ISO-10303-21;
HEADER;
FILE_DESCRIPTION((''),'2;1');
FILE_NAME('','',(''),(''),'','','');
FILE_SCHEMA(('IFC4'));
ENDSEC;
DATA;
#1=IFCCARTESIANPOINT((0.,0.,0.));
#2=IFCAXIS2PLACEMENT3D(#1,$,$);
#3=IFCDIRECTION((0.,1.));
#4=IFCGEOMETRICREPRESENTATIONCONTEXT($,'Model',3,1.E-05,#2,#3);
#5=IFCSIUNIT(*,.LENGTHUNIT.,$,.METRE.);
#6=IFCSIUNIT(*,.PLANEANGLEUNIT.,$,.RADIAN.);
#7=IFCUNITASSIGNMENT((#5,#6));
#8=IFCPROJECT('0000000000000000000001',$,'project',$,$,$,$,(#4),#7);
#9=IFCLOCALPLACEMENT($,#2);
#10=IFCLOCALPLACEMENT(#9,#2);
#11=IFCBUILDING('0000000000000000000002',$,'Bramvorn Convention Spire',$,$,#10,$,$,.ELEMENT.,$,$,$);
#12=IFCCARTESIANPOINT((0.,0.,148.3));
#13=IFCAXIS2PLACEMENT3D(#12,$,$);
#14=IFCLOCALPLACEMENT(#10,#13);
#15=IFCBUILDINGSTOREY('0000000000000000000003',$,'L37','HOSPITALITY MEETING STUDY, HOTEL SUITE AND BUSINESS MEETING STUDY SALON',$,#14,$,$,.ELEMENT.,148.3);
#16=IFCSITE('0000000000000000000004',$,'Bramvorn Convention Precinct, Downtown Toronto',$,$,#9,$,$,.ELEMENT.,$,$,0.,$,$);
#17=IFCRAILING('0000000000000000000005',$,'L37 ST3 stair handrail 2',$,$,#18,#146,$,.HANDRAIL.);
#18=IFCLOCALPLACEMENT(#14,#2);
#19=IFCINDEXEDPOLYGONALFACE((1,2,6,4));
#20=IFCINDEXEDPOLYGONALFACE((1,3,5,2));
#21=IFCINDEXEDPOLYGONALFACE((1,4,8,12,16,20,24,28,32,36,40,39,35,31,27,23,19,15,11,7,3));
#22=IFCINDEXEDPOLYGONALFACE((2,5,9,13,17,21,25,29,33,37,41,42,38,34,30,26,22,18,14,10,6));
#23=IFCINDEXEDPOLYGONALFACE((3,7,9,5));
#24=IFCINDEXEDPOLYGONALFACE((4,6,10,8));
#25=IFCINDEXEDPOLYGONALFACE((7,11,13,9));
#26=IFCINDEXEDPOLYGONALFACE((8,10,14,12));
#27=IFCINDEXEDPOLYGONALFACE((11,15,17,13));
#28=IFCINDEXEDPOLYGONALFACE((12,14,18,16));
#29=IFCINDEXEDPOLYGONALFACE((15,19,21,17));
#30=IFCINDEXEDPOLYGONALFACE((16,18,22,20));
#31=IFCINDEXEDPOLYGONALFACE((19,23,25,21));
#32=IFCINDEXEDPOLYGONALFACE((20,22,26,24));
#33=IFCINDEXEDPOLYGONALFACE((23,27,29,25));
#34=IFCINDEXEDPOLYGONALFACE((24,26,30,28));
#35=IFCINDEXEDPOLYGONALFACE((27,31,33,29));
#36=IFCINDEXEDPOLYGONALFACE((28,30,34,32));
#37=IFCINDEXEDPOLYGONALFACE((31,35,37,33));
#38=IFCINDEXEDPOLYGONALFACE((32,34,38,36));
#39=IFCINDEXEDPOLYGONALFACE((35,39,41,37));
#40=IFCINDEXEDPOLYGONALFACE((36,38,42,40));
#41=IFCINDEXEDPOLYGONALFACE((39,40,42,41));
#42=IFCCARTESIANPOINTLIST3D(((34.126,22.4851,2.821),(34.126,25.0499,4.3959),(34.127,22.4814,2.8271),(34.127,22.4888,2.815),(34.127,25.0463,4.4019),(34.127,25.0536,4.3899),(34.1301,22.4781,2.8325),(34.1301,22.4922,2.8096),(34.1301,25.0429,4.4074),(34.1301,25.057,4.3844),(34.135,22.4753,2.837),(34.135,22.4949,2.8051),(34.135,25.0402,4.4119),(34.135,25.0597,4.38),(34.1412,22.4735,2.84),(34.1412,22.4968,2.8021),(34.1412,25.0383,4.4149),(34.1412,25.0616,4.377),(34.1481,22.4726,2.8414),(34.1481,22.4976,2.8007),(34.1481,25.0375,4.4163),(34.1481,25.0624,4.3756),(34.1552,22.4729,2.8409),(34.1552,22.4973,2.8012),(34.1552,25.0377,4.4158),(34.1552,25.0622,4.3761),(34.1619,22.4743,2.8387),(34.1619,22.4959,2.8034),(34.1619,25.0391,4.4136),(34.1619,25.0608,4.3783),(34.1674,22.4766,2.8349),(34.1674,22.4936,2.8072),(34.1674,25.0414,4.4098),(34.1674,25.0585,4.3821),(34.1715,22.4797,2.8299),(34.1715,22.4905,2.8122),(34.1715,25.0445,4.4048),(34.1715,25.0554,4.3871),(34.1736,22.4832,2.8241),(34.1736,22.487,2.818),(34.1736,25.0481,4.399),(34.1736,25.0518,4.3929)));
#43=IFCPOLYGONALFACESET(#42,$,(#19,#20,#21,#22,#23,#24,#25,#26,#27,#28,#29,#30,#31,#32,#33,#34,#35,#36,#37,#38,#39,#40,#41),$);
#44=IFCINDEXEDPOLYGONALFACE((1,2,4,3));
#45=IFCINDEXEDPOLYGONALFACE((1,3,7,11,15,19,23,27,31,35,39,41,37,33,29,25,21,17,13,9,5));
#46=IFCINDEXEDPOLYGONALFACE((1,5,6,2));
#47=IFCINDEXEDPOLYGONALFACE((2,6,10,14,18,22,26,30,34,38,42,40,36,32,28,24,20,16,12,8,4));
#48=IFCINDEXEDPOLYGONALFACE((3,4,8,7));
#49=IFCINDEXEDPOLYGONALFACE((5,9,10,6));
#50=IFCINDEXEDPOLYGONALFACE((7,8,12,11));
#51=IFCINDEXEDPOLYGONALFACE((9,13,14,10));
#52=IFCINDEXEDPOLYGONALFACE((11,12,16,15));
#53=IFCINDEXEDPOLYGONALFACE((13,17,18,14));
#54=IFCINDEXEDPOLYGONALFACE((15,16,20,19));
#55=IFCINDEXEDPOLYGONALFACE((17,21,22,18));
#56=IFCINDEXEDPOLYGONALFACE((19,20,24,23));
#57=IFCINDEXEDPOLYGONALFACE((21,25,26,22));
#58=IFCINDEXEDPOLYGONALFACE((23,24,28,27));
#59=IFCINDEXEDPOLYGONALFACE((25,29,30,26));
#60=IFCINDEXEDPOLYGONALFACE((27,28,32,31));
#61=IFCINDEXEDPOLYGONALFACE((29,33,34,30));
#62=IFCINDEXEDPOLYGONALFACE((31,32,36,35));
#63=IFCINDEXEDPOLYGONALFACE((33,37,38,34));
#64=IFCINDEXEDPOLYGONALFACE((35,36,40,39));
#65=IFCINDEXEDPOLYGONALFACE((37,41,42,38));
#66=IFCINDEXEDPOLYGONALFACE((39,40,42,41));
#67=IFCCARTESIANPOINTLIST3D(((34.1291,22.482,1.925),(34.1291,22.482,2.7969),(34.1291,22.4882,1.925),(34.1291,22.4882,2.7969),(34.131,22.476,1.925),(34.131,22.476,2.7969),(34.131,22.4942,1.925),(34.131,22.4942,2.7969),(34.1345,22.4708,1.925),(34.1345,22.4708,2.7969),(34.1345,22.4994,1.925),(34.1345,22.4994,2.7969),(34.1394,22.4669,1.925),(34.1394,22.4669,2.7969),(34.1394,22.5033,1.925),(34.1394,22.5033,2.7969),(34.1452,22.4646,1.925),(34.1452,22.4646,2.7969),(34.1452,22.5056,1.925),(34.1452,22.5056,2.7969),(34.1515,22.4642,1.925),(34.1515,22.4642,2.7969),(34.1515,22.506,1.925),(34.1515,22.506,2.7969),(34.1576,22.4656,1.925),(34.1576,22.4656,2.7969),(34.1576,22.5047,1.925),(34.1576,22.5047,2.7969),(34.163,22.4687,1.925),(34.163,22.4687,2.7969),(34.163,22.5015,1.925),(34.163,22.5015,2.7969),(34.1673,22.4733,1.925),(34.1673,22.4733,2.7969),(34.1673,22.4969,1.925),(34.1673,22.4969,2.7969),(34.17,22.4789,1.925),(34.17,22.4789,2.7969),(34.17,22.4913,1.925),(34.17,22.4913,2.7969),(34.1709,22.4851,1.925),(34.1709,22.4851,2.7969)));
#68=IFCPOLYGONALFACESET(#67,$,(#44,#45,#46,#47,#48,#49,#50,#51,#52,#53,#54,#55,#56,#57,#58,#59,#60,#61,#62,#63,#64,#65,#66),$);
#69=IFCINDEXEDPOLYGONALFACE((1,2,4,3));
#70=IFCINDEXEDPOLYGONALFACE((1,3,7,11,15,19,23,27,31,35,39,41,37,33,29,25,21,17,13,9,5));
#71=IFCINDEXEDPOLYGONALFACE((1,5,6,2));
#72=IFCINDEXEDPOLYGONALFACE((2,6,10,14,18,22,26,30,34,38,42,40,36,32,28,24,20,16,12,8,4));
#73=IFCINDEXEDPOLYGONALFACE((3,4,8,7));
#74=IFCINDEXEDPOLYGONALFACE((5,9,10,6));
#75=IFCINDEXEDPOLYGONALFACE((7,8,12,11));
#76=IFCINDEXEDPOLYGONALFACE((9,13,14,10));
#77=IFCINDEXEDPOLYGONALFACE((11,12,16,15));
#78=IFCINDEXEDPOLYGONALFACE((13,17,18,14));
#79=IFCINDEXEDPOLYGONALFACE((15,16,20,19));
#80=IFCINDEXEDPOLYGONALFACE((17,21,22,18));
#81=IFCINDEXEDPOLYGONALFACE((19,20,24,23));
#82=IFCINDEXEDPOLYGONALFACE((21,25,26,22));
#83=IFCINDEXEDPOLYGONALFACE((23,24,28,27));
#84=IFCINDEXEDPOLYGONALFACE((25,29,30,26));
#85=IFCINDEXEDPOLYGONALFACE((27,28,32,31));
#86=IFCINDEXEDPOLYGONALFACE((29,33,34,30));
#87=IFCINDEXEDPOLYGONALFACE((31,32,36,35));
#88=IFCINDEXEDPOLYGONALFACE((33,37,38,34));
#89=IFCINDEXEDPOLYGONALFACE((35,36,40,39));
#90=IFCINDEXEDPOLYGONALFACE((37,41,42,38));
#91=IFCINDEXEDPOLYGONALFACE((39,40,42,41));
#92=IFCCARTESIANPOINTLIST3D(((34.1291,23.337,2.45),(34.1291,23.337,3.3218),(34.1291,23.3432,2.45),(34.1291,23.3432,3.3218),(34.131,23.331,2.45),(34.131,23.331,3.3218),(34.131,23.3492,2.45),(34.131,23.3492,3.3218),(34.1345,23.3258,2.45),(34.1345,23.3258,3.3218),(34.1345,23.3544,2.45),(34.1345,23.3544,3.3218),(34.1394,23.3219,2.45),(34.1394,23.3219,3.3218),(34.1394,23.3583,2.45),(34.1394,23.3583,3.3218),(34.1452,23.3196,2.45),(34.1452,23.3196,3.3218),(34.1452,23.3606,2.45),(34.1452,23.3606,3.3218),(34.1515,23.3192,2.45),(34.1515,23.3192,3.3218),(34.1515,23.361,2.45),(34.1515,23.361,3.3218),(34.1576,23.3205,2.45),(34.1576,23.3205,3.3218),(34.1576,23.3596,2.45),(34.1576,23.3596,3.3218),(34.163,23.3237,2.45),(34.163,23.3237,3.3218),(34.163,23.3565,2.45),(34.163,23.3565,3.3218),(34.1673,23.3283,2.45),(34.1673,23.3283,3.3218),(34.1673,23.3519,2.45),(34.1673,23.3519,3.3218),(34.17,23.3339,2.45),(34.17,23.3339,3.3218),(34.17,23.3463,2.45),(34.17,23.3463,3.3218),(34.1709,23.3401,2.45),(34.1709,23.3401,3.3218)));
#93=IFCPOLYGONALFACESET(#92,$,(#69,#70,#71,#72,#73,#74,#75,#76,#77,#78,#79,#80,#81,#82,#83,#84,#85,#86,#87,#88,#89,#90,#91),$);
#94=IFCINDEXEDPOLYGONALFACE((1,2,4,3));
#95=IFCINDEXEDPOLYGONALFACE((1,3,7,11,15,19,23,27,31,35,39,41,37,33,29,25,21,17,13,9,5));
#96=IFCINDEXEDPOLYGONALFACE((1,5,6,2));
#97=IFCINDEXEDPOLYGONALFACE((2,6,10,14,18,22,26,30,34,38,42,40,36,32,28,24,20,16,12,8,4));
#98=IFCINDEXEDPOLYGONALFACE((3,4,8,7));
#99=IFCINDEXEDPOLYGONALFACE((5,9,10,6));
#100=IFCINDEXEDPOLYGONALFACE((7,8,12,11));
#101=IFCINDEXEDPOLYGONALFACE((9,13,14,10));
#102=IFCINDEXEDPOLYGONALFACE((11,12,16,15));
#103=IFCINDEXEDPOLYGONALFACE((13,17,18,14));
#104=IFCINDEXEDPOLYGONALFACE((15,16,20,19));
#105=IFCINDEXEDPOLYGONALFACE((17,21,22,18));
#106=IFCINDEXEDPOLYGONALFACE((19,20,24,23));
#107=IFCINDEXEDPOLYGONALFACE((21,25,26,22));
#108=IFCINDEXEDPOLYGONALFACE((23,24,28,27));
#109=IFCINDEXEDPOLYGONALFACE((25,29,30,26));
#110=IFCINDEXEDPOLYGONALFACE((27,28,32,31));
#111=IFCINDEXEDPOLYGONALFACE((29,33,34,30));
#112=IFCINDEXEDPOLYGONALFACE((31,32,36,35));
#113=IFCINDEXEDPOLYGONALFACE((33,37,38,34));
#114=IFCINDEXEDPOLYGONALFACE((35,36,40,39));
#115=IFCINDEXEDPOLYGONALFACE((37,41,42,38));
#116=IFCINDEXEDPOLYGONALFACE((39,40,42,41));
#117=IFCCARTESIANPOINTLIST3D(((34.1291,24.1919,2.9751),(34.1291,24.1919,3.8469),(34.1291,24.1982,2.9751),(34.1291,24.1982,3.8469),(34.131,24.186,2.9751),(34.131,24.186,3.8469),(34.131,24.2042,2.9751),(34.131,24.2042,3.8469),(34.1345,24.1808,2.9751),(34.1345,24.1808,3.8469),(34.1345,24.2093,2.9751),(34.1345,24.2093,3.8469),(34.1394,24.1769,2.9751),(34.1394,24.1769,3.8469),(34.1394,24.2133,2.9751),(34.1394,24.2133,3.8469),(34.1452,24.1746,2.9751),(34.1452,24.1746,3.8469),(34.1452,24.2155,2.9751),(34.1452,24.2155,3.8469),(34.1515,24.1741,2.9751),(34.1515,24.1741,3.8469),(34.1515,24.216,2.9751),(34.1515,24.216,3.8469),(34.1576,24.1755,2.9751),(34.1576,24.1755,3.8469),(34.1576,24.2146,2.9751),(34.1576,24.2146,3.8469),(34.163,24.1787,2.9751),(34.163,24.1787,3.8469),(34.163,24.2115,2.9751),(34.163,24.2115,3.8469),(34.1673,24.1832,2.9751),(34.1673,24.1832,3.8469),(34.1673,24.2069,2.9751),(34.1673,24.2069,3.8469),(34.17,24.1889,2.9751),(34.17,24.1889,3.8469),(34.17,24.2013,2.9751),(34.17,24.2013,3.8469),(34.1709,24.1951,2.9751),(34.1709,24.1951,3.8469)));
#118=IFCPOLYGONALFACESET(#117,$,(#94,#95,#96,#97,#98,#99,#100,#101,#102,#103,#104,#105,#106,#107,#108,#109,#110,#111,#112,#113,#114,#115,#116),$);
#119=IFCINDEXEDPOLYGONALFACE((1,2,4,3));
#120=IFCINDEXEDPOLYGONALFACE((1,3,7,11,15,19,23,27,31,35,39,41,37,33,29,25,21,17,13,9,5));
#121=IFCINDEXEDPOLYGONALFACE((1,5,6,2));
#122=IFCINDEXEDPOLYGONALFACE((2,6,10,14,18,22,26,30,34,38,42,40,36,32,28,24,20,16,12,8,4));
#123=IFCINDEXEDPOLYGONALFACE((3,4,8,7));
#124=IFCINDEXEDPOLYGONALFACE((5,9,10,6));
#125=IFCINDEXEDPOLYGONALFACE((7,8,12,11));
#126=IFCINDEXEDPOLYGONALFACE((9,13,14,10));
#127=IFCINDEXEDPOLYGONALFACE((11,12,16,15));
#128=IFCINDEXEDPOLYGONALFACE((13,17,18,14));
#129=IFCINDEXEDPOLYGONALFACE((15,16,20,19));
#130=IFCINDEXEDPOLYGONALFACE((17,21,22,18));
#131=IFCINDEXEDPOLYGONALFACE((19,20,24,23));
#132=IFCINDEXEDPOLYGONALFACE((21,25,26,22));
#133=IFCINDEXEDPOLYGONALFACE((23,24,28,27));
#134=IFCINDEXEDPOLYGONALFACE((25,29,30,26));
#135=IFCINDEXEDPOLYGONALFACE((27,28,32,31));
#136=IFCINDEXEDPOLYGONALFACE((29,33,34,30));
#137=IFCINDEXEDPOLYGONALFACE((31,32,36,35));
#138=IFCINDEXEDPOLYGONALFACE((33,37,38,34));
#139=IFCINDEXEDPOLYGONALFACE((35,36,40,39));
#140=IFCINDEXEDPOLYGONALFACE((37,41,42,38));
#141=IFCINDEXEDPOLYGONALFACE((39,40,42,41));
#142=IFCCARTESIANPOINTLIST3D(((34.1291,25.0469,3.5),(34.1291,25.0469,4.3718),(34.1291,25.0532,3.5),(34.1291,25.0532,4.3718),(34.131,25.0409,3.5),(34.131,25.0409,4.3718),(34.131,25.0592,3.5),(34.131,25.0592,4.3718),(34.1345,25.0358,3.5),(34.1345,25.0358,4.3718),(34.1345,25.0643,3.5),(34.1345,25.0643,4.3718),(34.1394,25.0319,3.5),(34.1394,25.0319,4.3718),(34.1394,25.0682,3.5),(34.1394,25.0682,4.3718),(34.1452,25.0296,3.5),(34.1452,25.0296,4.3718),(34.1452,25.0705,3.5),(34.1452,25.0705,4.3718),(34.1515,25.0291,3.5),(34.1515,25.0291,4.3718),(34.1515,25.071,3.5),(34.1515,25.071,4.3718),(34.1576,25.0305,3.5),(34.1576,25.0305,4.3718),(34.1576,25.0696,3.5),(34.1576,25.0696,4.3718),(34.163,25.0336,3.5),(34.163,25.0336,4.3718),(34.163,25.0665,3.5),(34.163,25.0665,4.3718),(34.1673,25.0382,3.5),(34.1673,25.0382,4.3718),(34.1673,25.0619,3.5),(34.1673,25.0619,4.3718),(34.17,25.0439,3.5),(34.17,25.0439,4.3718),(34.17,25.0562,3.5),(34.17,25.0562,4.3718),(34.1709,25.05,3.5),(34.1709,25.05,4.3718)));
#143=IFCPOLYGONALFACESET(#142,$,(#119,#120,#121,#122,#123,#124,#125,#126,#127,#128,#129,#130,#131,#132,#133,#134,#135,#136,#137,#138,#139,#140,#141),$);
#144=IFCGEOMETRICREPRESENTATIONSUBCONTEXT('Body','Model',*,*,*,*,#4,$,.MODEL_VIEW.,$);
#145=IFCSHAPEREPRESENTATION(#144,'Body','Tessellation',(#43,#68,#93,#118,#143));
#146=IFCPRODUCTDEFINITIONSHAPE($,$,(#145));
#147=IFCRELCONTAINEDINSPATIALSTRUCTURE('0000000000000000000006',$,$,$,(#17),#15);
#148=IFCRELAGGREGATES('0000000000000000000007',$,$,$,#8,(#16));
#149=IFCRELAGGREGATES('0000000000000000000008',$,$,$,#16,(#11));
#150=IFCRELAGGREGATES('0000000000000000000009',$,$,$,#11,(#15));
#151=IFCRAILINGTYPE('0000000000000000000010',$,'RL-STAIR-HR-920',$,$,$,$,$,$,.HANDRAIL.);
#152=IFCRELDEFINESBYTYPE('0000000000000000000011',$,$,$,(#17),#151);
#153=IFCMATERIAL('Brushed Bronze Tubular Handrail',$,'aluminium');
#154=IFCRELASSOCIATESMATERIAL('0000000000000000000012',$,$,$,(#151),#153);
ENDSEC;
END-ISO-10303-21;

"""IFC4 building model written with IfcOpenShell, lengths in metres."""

from ifc_helpers import new_model, si_unit, direction, frame, origin, origin_2d, place, context, subcontext, project, spatial, circle, extrude, material, type_object, element, save


model = new_model("IFC4")

# Units and contexts
model_context = context("Model", 3, precision=1e-05, world=origin(), true_north=direction((0.0, 1.0)))
body_context = subcontext(model_context, "Body", "Model", "MODEL_VIEW")
ifc_project = project(units=[si_unit("LENGTHUNIT", "METRE"), si_unit("PLANEANGLEUNIT", "RADIAN")], contexts=[model_context])

# Site, building, storey
site_placement = place(None, origin())
site = spatial("IfcSite", under=ifc_project, at=site_placement, Name="Bramvorn Convention Precinct, Downtown Toronto", CompositionType="ELEMENT", RefElevation=0.0)
building_placement = place(site_placement, origin())
building = spatial("IfcBuilding", under=site, at=building_placement, Name="Bramvorn Convention Spire", CompositionType="ELEMENT")
storey_placement = place(building_placement, frame((0.0, 0.0, 148.3)))
storey = spatial("IfcBuildingStorey", under=building, at=storey_placement, Name="L37", Description="HOSPITALITY MEETING STUDY, HOTEL SUITE AND BUSINESS MEETING STUDY SALON", CompositionType="ELEMENT", Elevation=148.3)

# Railing
ifc_material_1 = material(Name="Brushed Bronze Tubular Handrail", Category="aluminium")
railing_type_1 = type_object("IfcRailingType", Name="RL-STAIR-HR-920", PredefinedType="HANDRAIL", material=ifc_material_1)
railing_1_placement = place(storey_placement, frame((34.1499, 22.4851, 1.925)))
element("IfcRailing", 1, at=railing_1_placement, inside=storey, type_object=railing_type_1, Name="L37 ST3 stair handrail 2", PredefinedType="HANDRAIL", context=body_context, shape_type="SweptSolid", body=[
    extrude(circle(Radius=0.0239, at=origin_2d()), frame((0.0, 0.0, 0.896), z_axis=(0.0, 0.852173, 0.52326), x_axis=(-1.0, 0.0, 0.0)), (0.0, 0.0, 1.0), 3.0098),
    extrude(circle(Radius=0.021, at=origin_2d()), origin(), (0.0, 0.0, 1.0), 0.8718),
    extrude(circle(Radius=0.021, at=origin_2d()), frame((0.0, 0.855, 0.5249)), (0.0, 0.0, 1.0), 0.8718),
    extrude(circle(Radius=0.021, at=origin_2d()), frame((0.0, 1.71, 1.05)), (0.0, 0.0, 1.0), 0.8718),
    extrude(circle(Radius=0.021, at=origin_2d()), frame((0.0, 2.5649, 1.575)), (0.0, 0.0, 1.0), 0.8718),
])

save(model, "model.ifc")
